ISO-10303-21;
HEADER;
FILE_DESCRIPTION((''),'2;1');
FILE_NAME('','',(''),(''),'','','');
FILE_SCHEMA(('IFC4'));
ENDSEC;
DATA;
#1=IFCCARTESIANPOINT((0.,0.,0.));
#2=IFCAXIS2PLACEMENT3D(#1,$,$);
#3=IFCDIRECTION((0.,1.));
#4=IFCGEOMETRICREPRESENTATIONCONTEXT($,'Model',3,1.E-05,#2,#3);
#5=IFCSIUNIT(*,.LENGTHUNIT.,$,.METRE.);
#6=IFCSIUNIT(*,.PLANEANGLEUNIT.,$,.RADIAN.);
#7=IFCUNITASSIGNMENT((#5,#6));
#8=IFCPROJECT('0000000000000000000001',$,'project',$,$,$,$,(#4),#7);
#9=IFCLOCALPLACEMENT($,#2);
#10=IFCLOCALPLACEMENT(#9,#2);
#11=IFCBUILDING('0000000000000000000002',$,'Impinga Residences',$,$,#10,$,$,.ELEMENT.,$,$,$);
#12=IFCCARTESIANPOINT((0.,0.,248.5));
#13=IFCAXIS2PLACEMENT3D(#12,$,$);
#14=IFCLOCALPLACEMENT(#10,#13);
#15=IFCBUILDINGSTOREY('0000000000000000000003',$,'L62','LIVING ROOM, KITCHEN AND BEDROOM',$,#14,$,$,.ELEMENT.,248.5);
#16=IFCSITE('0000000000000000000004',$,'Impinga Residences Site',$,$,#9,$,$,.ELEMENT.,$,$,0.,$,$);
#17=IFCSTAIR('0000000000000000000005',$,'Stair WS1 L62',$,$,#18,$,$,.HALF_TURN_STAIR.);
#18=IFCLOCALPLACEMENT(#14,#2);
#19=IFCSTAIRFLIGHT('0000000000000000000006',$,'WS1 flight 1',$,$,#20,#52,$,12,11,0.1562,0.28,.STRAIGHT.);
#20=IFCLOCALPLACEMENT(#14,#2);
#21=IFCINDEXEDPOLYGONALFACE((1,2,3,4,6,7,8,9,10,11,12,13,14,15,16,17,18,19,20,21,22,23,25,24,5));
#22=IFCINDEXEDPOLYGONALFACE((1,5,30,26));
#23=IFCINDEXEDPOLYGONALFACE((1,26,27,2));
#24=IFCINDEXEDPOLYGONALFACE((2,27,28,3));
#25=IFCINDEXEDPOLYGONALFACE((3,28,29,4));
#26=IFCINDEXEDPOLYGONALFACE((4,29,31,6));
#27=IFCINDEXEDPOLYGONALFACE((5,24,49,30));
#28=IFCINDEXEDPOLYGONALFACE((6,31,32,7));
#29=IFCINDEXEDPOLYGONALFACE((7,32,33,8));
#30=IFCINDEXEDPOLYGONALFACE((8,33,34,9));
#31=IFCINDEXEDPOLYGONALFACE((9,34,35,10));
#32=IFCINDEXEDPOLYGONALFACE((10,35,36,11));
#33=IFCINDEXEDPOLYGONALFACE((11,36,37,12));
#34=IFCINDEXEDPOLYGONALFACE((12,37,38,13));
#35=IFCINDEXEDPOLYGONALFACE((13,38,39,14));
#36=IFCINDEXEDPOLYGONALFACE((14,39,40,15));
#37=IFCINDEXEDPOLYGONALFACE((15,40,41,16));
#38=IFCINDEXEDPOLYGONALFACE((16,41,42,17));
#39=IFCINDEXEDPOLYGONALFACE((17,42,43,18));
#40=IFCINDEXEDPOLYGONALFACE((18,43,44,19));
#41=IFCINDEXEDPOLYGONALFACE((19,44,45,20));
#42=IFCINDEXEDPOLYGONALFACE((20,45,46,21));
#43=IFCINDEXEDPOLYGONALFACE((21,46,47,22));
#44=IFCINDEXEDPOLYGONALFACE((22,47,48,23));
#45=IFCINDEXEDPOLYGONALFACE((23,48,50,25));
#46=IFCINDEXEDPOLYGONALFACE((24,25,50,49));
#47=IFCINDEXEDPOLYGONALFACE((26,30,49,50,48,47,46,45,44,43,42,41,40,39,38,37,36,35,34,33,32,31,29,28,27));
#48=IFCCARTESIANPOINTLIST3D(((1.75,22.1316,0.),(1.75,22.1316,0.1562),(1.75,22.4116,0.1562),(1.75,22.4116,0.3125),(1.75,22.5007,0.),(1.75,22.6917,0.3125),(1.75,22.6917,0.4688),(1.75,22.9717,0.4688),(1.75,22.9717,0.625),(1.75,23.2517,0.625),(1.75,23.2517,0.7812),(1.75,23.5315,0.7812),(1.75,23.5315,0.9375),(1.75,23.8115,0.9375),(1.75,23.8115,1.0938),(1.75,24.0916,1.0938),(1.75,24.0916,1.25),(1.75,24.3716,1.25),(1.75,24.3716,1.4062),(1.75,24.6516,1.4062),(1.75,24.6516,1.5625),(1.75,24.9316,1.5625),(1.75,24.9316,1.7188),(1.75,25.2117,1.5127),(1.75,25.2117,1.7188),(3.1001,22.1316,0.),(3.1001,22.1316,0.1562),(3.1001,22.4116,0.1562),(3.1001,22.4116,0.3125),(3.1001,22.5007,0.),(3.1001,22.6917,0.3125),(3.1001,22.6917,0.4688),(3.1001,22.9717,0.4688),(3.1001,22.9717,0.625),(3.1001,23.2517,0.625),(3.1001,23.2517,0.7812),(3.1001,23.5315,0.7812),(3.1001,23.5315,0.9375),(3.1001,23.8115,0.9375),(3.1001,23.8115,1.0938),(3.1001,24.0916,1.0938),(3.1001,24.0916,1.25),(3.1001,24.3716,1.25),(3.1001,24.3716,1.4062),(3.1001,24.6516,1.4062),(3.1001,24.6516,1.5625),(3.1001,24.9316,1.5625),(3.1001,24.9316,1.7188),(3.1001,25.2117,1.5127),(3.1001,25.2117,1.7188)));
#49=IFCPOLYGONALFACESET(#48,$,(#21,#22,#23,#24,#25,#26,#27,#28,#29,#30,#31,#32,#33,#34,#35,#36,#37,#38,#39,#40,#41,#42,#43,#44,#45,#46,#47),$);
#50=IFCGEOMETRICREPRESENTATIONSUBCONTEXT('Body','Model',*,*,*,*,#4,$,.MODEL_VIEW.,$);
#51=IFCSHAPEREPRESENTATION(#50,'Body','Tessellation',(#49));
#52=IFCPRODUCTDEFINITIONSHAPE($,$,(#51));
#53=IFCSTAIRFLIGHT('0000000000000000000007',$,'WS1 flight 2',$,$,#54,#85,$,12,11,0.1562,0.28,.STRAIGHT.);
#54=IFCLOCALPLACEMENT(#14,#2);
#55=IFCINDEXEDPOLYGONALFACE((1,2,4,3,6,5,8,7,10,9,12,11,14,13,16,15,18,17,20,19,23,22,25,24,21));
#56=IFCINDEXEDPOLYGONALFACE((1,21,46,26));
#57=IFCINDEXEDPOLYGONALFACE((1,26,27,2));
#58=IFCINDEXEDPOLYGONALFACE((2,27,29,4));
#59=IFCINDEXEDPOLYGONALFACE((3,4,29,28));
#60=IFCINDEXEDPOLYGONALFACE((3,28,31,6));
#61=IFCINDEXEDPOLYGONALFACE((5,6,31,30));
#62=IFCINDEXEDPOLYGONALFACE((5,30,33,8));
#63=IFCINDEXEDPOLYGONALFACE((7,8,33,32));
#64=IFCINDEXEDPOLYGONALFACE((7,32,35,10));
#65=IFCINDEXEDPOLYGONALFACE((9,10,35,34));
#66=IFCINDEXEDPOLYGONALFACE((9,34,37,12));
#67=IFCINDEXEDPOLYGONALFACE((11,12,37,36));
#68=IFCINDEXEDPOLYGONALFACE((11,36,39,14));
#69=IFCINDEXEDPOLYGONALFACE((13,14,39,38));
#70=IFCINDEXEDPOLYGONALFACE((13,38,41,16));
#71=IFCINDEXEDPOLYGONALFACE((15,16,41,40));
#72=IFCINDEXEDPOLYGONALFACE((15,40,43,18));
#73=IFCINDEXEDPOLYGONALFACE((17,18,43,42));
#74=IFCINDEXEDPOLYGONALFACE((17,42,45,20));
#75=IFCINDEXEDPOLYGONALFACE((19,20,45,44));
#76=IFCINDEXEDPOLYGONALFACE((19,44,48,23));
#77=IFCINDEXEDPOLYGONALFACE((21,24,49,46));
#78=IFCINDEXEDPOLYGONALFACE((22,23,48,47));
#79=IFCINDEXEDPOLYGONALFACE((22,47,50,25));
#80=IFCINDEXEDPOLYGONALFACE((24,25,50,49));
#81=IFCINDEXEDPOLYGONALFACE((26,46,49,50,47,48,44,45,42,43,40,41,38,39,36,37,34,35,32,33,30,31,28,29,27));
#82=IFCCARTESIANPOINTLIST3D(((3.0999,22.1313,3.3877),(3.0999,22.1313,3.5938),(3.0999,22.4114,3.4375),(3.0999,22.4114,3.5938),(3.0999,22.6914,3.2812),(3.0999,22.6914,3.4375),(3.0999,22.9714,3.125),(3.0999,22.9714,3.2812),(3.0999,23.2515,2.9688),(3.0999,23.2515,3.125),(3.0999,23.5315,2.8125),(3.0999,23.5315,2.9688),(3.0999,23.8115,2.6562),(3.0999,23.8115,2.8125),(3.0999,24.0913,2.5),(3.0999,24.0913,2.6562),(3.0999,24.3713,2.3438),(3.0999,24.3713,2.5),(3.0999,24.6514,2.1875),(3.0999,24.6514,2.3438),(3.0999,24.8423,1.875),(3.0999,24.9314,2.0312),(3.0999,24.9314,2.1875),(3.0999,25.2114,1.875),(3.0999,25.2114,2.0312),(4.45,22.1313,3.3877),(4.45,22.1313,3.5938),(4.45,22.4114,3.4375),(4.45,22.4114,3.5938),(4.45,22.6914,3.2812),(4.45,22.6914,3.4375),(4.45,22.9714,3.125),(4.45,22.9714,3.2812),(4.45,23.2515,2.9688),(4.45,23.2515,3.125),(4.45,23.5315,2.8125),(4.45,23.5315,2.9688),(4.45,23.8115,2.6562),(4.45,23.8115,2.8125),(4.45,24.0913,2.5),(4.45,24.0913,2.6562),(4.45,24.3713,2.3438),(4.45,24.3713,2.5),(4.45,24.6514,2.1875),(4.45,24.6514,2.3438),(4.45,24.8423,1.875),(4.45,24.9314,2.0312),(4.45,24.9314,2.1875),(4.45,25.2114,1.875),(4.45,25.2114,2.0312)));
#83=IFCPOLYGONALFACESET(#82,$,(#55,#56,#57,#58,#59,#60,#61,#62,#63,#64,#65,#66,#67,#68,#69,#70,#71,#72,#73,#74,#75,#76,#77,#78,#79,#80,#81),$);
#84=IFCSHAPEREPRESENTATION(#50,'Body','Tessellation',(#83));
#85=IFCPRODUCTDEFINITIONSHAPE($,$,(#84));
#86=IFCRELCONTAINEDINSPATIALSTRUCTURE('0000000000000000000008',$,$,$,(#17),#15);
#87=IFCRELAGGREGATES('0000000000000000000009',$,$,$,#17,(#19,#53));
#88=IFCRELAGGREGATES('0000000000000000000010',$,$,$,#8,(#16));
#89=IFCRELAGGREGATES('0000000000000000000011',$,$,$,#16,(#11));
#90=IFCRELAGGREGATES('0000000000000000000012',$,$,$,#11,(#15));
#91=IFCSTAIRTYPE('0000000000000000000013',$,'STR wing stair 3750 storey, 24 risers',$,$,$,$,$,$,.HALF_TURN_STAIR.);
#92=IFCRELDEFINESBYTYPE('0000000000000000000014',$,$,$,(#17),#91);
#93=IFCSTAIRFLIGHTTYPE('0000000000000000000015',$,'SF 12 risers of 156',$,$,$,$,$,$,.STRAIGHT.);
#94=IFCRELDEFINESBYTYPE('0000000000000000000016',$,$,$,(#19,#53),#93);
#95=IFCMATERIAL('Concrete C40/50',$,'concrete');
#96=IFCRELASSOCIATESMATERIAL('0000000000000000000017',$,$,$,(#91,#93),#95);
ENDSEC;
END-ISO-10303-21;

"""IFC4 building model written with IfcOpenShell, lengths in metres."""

from ifc_helpers import new_model, si_unit, direction, frame, origin, place, context, subcontext, project, spatial, polyline, outline, extrude, material, type_object, element, aggregate, save


model = new_model("IFC4")

# Units and contexts
model_context = context("Model", 3, precision=1e-05, world=origin(), true_north=direction((0.0, 1.0)))
body_context = subcontext(model_context, "Body", "Model", "MODEL_VIEW")
ifc_project = project(units=[si_unit("LENGTHUNIT", "METRE"), si_unit("PLANEANGLEUNIT", "RADIAN")], contexts=[model_context])

# Site, building, storey
site_placement = place(None, origin())
site = spatial("IfcSite", under=ifc_project, at=site_placement, Name="Impinga Residences Site", CompositionType="ELEMENT", RefElevation=0.0)
building_placement = place(site_placement, origin())
building = spatial("IfcBuilding", under=site, at=building_placement, Name="Impinga Residences", CompositionType="ELEMENT")
storey_placement = place(building_placement, frame((0.0, 0.0, 248.5)))
storey = spatial("IfcBuildingStorey", under=building, at=storey_placement, Name="L62", Description="LIVING ROOM, KITCHEN AND BEDROOM", CompositionType="ELEMENT", Elevation=248.5)

# Stair, stair flights
ifc_material_1 = material(Name="Concrete C40/50", Category="concrete")
stair_type = type_object("IfcStairType", Name="STR wing stair 3750 storey, 24 risers", PredefinedType="HALF_TURN_STAIR", material=ifc_material_1)
stair_placement = place(storey_placement, origin())
stair = element("IfcStair", 1, at=stair_placement, inside=storey, type_object=stair_type, Name="Stair WS1 L62", PredefinedType="HALF_TURN_STAIR")
stair_flight_type = type_object("IfcStairFlightType", Name="SF 12 risers of 156", PredefinedType="STRAIGHT", material=ifc_material_1)
stair_flight_1_placement = place(storey_placement, frame((2.425, 22.1316, 0.0), z_axis=(0.0, 0.0, 1.0), x_axis=(0.0, 1.0, 0.0)))
stair_flight_1 = element("IfcStairFlight", 2, at=stair_flight_1_placement, type_object=stair_flight_type, Name="WS1 flight 1", NumberOfRisers=12, NumberOfTreads=11, PredefinedType="STRAIGHT", RiserHeight=0.1562, TreadLength=0.28, context=body_context, shape_type="SweptSolid", body=[
    extrude(outline(polyline([(0.0, 0.0), (0.0, 0.1562), (0.28, 0.1562), (0.28, 0.3125), (0.5601, 0.3125), (0.5601, 0.4688), (0.8401, 0.4688), (0.8401, 0.625), (1.1201, 0.625), (1.1201, 0.7812), (1.3999, 0.7812), (1.3999, 0.9375), (1.6799, 0.9375), (1.6799, 1.0938), (1.96, 1.0938), (1.96, 1.25), (2.24, 1.25), (2.24, 1.4062), (2.52, 1.4062), (2.52, 1.5625), (2.8, 1.5625), (2.8, 1.7188), (3.0801, 1.7188), (3.0801, 1.875), (3.0801, 1.5127), (0.3691, 0.0), (0.0, 0.0)])), frame((0.0, 0.675, 0.0), z_axis=(0.0, -1.0, 0.0), x_axis=(1.0, 0.0, 0.0)), (0.0, 0.0, 1.0), 1.3501),
])
stair_flight_2_placement = place(storey_placement, frame((3.7749, 25.2114, 1.875), z_axis=(0.0, 0.0, 1.0), x_axis=(0.0, -1.0, 0.0)))
stair_flight_2 = element("IfcStairFlight", 3, at=stair_flight_2_placement, type_object=stair_flight_type, Name="WS1 flight 2", NumberOfRisers=12, NumberOfTreads=11, PredefinedType="STRAIGHT", RiserHeight=0.1562, TreadLength=0.28, context=body_context, shape_type="SweptSolid", body=[
    extrude(outline(polyline([(0.0, 0.0), (0.0, 0.1562), (0.28, 0.1562), (0.28, 0.3125), (0.5601, 0.3125), (0.5601, 0.4688), (0.8401, 0.4688), (0.8401, 0.625), (1.1201, 0.625), (1.1201, 0.7812), (1.3999, 0.7812), (1.3999, 0.9375), (1.6799, 0.9375), (1.6799, 1.0938), (1.96, 1.0938), (1.96, 1.25), (2.24, 1.25), (2.24, 1.4062), (2.52, 1.4062), (2.52, 1.5625), (2.8, 1.5625), (2.8, 1.7188), (3.0801, 1.7188), (3.0801, 1.875), (3.0801, 1.5127), (0.3691, 0.0), (0.0, 0.0)])), frame((0.0, 0.675, 0.0), z_axis=(0.0, -1.0, 0.0), x_axis=(1.0, 0.0, 0.0)), (0.0, 0.0, 1.0), 1.3501),
])
aggregate(stair, [stair_flight_1, stair_flight_2])

save(model, "model.ifc")
